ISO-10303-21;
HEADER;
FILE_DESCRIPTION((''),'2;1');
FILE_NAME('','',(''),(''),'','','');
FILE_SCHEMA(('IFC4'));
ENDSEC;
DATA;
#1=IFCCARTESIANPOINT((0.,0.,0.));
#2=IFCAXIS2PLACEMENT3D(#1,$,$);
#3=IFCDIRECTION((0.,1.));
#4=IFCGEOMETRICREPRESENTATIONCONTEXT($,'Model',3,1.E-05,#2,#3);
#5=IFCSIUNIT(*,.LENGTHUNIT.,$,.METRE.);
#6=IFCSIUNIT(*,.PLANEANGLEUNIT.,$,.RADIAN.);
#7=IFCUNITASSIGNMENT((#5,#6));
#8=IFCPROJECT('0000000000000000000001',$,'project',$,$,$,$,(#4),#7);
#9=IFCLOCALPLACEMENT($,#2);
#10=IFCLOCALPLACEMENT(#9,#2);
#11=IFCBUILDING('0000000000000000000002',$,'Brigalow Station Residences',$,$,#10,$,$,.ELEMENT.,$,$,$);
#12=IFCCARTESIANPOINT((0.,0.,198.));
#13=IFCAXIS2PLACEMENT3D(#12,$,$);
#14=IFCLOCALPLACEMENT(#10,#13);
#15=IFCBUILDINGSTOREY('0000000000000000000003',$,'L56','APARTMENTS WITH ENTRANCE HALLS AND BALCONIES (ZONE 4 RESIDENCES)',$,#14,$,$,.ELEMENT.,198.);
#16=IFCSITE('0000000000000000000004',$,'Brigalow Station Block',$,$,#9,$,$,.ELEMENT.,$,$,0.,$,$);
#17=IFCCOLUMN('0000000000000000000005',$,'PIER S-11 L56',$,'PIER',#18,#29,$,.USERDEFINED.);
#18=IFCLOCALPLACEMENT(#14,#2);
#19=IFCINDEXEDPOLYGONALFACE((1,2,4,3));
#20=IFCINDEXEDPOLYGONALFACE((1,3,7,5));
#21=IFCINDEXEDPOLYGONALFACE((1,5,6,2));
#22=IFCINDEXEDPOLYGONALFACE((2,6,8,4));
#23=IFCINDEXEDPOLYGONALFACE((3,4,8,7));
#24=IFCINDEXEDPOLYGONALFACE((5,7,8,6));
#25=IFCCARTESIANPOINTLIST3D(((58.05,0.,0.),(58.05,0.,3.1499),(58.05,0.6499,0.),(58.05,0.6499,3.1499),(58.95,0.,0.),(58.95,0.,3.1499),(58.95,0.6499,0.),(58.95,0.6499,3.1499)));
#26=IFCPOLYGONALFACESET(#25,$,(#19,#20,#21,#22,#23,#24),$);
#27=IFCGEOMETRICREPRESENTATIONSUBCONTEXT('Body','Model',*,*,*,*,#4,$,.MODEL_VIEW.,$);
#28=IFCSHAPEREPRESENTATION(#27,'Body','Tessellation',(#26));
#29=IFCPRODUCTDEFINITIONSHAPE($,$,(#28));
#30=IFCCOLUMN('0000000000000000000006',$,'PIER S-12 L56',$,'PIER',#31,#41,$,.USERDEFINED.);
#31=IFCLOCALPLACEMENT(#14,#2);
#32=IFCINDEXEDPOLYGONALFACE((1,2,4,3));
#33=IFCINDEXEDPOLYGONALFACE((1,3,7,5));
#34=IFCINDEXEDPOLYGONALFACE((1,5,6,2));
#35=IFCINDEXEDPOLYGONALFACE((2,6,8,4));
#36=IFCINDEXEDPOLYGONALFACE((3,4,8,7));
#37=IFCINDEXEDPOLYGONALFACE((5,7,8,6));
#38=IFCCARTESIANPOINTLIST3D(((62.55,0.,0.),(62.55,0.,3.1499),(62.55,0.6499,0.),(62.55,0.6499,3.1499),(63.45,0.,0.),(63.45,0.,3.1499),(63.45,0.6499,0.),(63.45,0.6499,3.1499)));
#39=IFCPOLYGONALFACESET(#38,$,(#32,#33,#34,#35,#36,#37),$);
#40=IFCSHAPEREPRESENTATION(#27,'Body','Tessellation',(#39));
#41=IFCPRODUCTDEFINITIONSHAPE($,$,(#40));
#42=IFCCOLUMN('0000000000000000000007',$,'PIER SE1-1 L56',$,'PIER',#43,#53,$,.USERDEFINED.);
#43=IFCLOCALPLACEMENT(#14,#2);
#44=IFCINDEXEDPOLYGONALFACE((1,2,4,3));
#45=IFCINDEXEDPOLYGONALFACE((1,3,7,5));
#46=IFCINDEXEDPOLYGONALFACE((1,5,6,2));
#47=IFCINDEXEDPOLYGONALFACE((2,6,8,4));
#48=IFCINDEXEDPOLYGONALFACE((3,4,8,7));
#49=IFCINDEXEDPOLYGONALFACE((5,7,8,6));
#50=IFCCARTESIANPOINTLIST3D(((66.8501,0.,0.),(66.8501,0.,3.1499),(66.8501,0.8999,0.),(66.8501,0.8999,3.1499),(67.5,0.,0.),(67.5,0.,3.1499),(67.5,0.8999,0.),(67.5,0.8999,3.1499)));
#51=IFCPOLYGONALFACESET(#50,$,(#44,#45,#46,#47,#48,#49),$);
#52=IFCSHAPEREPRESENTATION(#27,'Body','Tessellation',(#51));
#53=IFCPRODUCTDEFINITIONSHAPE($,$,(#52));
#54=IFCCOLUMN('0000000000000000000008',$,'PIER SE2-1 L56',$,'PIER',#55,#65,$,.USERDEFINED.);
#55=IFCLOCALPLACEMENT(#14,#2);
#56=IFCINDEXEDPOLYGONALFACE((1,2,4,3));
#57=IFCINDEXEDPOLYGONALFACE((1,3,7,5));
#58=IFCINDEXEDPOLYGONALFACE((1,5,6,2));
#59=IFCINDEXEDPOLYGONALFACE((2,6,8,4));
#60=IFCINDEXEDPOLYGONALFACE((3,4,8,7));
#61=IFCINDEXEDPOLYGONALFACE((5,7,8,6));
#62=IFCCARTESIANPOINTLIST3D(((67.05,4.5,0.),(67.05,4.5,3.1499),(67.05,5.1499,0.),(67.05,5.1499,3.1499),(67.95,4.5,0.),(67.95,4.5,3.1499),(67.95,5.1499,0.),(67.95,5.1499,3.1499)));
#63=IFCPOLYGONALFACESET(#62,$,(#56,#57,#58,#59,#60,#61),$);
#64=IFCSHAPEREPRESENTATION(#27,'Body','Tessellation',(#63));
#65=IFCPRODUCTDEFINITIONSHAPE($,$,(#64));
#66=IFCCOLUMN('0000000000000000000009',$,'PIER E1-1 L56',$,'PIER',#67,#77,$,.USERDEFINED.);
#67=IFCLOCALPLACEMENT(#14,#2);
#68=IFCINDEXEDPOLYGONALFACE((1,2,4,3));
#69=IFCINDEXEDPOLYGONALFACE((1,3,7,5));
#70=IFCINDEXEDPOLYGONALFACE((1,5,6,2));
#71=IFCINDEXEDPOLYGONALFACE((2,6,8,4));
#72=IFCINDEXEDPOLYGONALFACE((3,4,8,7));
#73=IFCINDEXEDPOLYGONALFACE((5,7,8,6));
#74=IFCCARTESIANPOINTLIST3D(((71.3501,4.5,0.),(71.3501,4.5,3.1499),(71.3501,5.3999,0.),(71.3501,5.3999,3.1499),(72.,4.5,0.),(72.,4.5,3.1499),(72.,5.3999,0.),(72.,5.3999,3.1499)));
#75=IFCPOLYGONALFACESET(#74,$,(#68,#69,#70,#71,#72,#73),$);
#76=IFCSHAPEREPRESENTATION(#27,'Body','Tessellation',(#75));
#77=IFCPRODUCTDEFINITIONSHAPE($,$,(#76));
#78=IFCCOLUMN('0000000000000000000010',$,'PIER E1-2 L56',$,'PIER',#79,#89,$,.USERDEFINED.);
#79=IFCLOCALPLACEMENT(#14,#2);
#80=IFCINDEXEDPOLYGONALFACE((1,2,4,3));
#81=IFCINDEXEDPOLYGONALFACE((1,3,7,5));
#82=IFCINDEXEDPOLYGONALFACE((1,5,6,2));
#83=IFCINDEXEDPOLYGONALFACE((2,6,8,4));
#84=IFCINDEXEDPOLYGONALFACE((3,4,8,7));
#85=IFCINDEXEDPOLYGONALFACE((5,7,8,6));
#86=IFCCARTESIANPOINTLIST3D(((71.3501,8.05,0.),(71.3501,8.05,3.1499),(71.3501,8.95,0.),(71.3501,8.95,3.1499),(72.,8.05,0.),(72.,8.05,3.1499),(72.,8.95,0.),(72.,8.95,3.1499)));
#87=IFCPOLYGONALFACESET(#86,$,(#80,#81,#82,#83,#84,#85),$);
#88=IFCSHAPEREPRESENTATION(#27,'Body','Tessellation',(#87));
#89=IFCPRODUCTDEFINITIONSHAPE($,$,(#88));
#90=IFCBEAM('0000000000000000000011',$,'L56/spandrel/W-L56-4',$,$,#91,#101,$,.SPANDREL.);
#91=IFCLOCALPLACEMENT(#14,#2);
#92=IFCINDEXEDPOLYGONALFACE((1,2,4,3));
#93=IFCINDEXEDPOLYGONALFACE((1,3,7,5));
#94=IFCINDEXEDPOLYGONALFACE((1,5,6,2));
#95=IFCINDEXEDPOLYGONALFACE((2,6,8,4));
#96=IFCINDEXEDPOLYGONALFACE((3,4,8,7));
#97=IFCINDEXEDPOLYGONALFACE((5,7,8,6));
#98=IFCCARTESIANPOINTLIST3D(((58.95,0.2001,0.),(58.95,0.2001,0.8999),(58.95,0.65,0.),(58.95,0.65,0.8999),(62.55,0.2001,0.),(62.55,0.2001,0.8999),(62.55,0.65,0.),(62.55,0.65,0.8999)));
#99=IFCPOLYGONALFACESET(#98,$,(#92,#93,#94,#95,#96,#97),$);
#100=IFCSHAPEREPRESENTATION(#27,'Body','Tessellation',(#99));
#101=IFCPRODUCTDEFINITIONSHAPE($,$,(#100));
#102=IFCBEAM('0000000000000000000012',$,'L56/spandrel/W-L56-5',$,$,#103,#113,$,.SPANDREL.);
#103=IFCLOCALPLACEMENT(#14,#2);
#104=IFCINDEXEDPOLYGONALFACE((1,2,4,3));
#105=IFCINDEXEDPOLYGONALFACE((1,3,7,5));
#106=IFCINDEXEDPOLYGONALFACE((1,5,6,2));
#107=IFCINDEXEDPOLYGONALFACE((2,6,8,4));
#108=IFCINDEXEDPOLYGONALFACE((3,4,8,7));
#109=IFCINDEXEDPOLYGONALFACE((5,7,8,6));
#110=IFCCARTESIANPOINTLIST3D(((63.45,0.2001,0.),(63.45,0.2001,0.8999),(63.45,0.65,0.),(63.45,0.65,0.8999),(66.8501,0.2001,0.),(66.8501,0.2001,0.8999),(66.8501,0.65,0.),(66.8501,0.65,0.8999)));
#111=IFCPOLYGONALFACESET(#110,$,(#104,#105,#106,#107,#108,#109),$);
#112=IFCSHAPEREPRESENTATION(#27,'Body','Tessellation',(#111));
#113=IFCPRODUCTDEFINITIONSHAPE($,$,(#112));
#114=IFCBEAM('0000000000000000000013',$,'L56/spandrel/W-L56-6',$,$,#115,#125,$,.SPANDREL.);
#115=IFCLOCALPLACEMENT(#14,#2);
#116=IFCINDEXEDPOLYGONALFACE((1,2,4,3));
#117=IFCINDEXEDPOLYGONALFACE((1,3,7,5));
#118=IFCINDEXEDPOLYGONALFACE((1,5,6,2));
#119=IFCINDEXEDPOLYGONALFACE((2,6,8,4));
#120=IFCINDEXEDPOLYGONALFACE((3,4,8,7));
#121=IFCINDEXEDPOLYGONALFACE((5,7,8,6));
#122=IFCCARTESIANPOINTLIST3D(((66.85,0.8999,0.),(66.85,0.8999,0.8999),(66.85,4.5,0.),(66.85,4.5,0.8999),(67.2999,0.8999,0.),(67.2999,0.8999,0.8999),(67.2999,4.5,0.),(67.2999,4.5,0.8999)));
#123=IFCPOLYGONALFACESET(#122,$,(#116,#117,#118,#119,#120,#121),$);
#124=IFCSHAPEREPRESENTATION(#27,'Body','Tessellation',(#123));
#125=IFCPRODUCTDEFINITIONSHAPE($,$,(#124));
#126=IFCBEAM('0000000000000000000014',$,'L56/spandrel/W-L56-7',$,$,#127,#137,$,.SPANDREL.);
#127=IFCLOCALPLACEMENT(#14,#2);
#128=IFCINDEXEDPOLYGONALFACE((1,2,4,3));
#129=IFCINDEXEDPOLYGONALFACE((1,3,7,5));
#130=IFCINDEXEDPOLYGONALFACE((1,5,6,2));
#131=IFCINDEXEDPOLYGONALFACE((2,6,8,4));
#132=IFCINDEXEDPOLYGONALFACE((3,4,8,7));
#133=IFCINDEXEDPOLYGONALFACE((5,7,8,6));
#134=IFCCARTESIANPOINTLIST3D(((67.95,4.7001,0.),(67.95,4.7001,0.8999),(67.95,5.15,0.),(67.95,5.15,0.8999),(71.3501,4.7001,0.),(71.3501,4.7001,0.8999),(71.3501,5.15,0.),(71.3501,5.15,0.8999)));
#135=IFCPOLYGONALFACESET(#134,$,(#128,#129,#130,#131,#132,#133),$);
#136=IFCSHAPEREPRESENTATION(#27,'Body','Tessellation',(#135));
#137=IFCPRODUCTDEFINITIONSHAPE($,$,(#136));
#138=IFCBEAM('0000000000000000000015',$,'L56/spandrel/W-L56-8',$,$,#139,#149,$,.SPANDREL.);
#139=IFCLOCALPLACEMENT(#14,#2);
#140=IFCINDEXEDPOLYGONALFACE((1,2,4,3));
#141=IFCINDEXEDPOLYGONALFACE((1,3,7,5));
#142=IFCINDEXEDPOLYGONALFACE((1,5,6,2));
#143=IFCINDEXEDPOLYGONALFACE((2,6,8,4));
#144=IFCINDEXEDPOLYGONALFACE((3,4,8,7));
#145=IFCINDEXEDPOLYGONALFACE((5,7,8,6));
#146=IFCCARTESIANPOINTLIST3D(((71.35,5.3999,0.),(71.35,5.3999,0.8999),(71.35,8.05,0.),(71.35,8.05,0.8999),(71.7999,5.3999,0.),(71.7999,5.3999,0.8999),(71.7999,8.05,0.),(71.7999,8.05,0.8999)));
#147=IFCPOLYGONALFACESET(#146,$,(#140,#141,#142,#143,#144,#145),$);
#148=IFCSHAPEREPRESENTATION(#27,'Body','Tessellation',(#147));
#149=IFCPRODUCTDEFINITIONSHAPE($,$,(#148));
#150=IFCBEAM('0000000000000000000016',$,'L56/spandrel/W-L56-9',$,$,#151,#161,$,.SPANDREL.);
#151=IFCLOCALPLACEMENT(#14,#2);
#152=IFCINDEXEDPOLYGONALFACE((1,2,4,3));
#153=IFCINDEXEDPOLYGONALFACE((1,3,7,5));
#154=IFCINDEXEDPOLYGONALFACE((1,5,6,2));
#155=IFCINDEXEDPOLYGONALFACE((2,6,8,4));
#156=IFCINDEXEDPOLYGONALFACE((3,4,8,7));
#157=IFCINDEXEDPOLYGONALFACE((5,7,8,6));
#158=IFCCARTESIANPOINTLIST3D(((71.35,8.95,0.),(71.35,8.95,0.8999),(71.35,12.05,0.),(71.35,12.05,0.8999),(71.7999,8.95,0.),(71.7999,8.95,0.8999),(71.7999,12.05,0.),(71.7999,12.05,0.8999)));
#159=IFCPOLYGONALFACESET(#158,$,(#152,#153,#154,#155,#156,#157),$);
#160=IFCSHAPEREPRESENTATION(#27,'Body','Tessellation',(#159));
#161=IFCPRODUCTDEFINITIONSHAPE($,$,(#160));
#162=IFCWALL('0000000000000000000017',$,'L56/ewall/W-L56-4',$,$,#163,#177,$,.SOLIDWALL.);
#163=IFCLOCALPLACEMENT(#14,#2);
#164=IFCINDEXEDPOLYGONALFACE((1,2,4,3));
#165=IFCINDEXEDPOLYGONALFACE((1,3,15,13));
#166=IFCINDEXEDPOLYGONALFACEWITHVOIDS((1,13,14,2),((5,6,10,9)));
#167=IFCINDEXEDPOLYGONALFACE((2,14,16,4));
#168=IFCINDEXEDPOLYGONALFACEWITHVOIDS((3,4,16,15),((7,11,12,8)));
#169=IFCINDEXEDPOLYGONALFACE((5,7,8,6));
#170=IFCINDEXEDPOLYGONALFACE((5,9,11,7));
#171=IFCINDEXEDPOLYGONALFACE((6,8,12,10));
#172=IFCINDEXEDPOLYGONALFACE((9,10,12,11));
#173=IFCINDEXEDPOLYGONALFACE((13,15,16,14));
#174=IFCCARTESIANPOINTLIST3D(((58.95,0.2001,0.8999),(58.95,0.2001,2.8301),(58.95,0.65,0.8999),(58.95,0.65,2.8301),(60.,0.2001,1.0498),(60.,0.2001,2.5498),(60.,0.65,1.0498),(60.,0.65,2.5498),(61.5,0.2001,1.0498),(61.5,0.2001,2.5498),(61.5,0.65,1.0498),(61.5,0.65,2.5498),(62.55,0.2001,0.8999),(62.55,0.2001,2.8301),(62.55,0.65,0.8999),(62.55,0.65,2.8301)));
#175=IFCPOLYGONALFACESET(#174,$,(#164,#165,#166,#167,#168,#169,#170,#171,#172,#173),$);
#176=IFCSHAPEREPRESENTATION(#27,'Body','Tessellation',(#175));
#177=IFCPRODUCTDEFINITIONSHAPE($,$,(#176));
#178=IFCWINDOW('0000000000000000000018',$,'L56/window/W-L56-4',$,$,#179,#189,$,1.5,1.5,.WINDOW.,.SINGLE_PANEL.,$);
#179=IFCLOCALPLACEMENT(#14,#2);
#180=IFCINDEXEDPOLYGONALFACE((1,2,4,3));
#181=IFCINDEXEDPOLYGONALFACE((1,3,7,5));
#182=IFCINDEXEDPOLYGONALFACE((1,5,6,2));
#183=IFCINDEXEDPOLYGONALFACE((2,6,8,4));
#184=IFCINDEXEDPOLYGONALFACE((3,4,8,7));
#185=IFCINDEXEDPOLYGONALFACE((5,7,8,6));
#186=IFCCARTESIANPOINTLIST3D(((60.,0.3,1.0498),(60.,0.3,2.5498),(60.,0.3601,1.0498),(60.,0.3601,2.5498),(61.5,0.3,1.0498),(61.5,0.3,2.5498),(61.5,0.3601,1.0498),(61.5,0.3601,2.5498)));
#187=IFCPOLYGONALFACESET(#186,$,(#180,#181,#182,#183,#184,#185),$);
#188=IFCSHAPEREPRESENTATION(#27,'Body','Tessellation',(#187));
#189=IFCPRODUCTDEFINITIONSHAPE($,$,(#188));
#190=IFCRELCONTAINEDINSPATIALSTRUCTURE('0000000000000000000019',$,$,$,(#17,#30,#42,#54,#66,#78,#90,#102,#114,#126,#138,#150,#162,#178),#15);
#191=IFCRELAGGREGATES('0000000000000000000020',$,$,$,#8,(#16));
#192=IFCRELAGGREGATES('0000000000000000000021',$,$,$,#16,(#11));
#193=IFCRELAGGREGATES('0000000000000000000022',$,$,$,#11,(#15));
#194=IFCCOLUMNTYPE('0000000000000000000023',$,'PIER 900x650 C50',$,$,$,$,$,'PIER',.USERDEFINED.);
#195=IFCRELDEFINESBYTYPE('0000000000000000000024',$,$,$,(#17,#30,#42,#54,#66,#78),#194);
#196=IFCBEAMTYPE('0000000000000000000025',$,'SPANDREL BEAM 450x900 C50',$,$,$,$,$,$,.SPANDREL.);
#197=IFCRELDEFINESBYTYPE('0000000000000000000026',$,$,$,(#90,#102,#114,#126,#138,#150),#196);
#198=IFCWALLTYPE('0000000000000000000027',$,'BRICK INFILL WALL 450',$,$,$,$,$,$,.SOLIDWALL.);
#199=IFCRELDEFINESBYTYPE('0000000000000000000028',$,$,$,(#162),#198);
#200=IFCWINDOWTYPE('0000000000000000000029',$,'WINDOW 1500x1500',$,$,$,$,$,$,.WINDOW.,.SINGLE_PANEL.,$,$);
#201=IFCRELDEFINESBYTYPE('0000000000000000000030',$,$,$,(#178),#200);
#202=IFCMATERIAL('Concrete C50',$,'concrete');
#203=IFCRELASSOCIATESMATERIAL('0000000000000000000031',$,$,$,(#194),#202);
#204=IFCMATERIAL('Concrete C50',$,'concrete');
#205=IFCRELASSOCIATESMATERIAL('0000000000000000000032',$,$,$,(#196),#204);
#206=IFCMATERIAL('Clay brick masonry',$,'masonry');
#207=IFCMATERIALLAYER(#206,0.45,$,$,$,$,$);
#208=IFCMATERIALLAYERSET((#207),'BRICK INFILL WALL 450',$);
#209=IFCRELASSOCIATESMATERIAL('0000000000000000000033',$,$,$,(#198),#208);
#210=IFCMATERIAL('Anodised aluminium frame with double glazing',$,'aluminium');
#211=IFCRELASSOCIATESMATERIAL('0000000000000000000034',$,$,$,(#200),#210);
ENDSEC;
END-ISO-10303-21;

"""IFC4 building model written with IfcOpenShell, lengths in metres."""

from ifc_helpers import new_model, si_unit, direction, frame, frame_2d, origin, origin_2d, place, context, subcontext, project, spatial, rectangle, extrude, material, layer, layer_set, material_profile, profile_set, type_object, element, fill, save


model = new_model("IFC4")

# Units and contexts
model_context = context("Model", 3, precision=1e-05, world=origin(), true_north=direction((0.0, 1.0)))
body_context = subcontext(model_context, "Body", "Model", "MODEL_VIEW")
ifc_project = project(units=[si_unit("LENGTHUNIT", "METRE"), si_unit("PLANEANGLEUNIT", "RADIAN")], contexts=[model_context])

# Site, building, storey
site_placement = place(None, origin())
site = spatial("IfcSite", under=ifc_project, at=site_placement, Name="Brigalow Station Block", CompositionType="ELEMENT", RefElevation=0.0)
building_placement = place(site_placement, origin())
building = spatial("IfcBuilding", under=site, at=building_placement, Name="Brigalow Station Residences", CompositionType="ELEMENT")
storey_placement = place(building_placement, frame((0.0, 0.0, 198.0)))
storey = spatial("IfcBuildingStorey", under=building, at=storey_placement, Name="L56", Description="APARTMENTS WITH ENTRANCE HALLS AND BALCONIES (ZONE 4 RESIDENCES)", CompositionType="ELEMENT", Elevation=198.0)

# Columns
ifc_material_1 = material(Name="Concrete C50", Category="concrete")
ifc_material_profile_1 = material_profile(ifc_material_1, rectangle(XDim=0.8999, YDim=0.6499, at=origin_2d()), Name="RC900x650")
ifc_profile_set_1 = profile_set([ifc_material_profile_1], Name="Concrete C50")
column_type = type_object("IfcColumnType", Name="PIER 900x650 C50", ElementType="PIER", PredefinedType="USERDEFINED", material=ifc_profile_set_1)
for number, where, z_axis, x_axis, name in (
    (1, (58.5, 0.325, 0.0), (0.0, 0.0, 1.0), (1.0, 0.0, 0.0), "PIER S-11 L56"),
    (2, (63.0, 0.325, 0.0), (0.0, 0.0, 1.0), (1.0, 0.0, 0.0), "PIER S-12 L56"),
    (3, (67.175, 0.45, 0.0), (0.0, 0.0, 1.0), (0.0, 1.0, 0.0), "PIER SE1-1 L56"),
    (4, (67.5, 4.825, 0.0), (0.0, 0.0, 1.0), (1.0, 0.0, 0.0), "PIER SE2-1 L56"),
    (5, (71.675, 4.95, 0.0), (0.0, 0.0, 1.0), (0.0, 1.0, 0.0), "PIER E1-1 L56"),
    (6, (71.675, 8.5, 0.0), (0.0, 0.0, 1.0), (0.0, 1.0, 0.0), "PIER E1-2 L56"),
):
    element("IfcColumn", number, at=place(storey_placement, frame(where, z_axis=z_axis, x_axis=x_axis)), inside=storey, type_object=column_type, Name=name, ObjectType="PIER", PredefinedType="USERDEFINED", context=body_context, shape_type="SweptSolid", body=[
        extrude(rectangle(XDim=0.8999, YDim=0.6499, at=origin_2d()), origin(), (0.0, 0.0, 1.0), 3.1499),
    ])

# Beams
ifc_material_2 = material(Name="Concrete C50", Category="concrete")
ifc_material_profile_2 = material_profile(ifc_material_2, rectangle(XDim=0.45, YDim=0.8999, at=origin_2d()), Name="RC450x900")
ifc_profile_set_2 = profile_set([ifc_material_profile_2], Name="Concrete C50")
beam_type = type_object("IfcBeamType", Name="SPANDREL BEAM 450x900 C50", PredefinedType="SPANDREL", material=ifc_profile_set_2)
beam_1_placement = place(storey_placement, frame((58.95, 0.425, 0.45), z_axis=(1.0, 0.0, 0.0), x_axis=(0.0, 1.0, 0.0)))
element("IfcBeam", 7, at=beam_1_placement, inside=storey, type_object=beam_type, Name="L56/spandrel/W-L56-4", PredefinedType="SPANDREL", context=body_context, shape_type="SweptSolid", body=[
    extrude(rectangle(XDim=0.45, YDim=0.8999, at=origin_2d()), origin(), (0.0, 0.0, 1.0), 3.6001),
])
beam_2_placement = place(storey_placement, frame((63.45, 0.425, 0.45), z_axis=(1.0, 0.0, 0.0), x_axis=(0.0, 1.0, 0.0)))
element("IfcBeam", 8, at=beam_2_placement, inside=storey, type_object=beam_type, Name="L56/spandrel/W-L56-5", PredefinedType="SPANDREL", context=body_context, shape_type="SweptSolid", body=[
    extrude(rectangle(XDim=0.45, YDim=0.8999, at=origin_2d()), origin(), (0.0, 0.0, 1.0), 3.4001),
])
beam_3_placement = place(storey_placement, frame((67.075, 0.8999, 0.45), z_axis=(0.0, 1.0, 0.0), x_axis=(-1.0, 0.0, 0.0)))
element("IfcBeam", 9, at=beam_3_placement, inside=storey, type_object=beam_type, Name="L56/spandrel/W-L56-6", PredefinedType="SPANDREL", context=body_context, shape_type="SweptSolid", body=[
    extrude(rectangle(XDim=0.45, YDim=0.8999, at=origin_2d()), origin(), (0.0, 0.0, 1.0), 3.6001),
])
beam_4_placement = place(storey_placement, frame((67.95, 4.925, 0.45), z_axis=(1.0, 0.0, 0.0), x_axis=(0.0, 1.0, 0.0)))
element("IfcBeam", 10, at=beam_4_placement, inside=storey, type_object=beam_type, Name="L56/spandrel/W-L56-7", PredefinedType="SPANDREL", context=body_context, shape_type="SweptSolid", body=[
    extrude(rectangle(XDim=0.45, YDim=0.8999, at=origin_2d()), origin(), (0.0, 0.0, 1.0), 3.4001),
])
beam_5_placement = place(storey_placement, frame((71.575, 5.3999, 0.45), z_axis=(0.0, 1.0, 0.0), x_axis=(-1.0, 0.0, 0.0)))
element("IfcBeam", 11, at=beam_5_placement, inside=storey, type_object=beam_type, Name="L56/spandrel/W-L56-8", PredefinedType="SPANDREL", context=body_context, shape_type="SweptSolid", body=[
    extrude(rectangle(XDim=0.45, YDim=0.8999, at=origin_2d()), origin(), (0.0, 0.0, 1.0), 2.6501),
])
beam_6_placement = place(storey_placement, frame((71.575, 8.95, 0.45), z_axis=(0.0, 1.0, 0.0), x_axis=(-1.0, 0.0, 0.0)))
element("IfcBeam", 12, at=beam_6_placement, inside=storey, type_object=beam_type, Name="L56/spandrel/W-L56-9", PredefinedType="SPANDREL", context=body_context, shape_type="SweptSolid", body=[
    extrude(rectangle(XDim=0.45, YDim=0.8999, at=origin_2d()), origin(), (0.0, 0.0, 1.0), 3.1001),
])

# Wall, opening, window
ifc_material_3 = material(Name="Clay brick masonry", Category="masonry")
ifc_layer_1 = layer(ifc_material_3, 0.45)
ifc_layer_set_1 = layer_set([ifc_layer_1], Name="BRICK INFILL WALL 450")
wall_type_1 = type_object("IfcWallType", Name="BRICK INFILL WALL 450", PredefinedType="SOLIDWALL", material=ifc_layer_set_1)
wall_1_placement = place(storey_placement, frame((58.95, 0.425, 0.8999), z_axis=(0.0, 0.0, 1.0), x_axis=(1.0, 0.0, 0.0)))
wall_1 = element("IfcWall", 13, at=wall_1_placement, inside=storey, type_object=wall_type_1, Name="L56/ewall/W-L56-4", PredefinedType="SOLIDWALL", context=body_context, shape_type="SweptSolid", body=[
    extrude(rectangle(XDim=3.6001, YDim=0.45, at=frame_2d((1.8, 0.0))), origin(), (0.0, 0.0, 1.0), 1.9302),
])
opening_1_placement = place(wall_1_placement, frame((1.05, 0.0, 0.1499)))
opening_1 = element("IfcOpeningElement", 14, at=opening_1_placement, cuts=wall_1, PredefinedType="OPENING", context=body_context, shape_type="SweptSolid", body=[
    extrude(rectangle(XDim=1.5, YDim=1.5, at=frame_2d((0.75, 0.75))), frame((0.0, 0.2349, 0.0), z_axis=(0.0, -1.0, 0.0), x_axis=(1.0, 0.0, 0.0)), (0.0, 0.0, 1.0), 0.47),
])
ifc_material_4 = material(Name="Anodised aluminium frame with double glazing", Category="aluminium")
window_type_1 = type_object("IfcWindowType", Name="WINDOW 1500x1500", PartitioningType="SINGLE_PANEL", PredefinedType="WINDOW", material=ifc_material_4)
window_1_placement = place(opening_1_placement, origin())
window_1 = element("IfcWindow", 15, at=window_1_placement, inside=storey, type_object=window_type_1, Name="L56/window/W-L56-4", OverallHeight=1.5, OverallWidth=1.5, PartitioningType="SINGLE_PANEL", PredefinedType="WINDOW", context=body_context, shape_type="SweptSolid", body=[
    extrude(rectangle(XDim=1.5, YDim=1.5, at=frame_2d((0.75, 0.75))), frame((0.0, -0.0649, 0.0), z_axis=(0.0, -1.0, 0.0), x_axis=(1.0, 0.0, 0.0)), (0.0, 0.0, 1.0), 0.0601),
])
fill(opening_1, window_1)

save(model, "model.ifc")
